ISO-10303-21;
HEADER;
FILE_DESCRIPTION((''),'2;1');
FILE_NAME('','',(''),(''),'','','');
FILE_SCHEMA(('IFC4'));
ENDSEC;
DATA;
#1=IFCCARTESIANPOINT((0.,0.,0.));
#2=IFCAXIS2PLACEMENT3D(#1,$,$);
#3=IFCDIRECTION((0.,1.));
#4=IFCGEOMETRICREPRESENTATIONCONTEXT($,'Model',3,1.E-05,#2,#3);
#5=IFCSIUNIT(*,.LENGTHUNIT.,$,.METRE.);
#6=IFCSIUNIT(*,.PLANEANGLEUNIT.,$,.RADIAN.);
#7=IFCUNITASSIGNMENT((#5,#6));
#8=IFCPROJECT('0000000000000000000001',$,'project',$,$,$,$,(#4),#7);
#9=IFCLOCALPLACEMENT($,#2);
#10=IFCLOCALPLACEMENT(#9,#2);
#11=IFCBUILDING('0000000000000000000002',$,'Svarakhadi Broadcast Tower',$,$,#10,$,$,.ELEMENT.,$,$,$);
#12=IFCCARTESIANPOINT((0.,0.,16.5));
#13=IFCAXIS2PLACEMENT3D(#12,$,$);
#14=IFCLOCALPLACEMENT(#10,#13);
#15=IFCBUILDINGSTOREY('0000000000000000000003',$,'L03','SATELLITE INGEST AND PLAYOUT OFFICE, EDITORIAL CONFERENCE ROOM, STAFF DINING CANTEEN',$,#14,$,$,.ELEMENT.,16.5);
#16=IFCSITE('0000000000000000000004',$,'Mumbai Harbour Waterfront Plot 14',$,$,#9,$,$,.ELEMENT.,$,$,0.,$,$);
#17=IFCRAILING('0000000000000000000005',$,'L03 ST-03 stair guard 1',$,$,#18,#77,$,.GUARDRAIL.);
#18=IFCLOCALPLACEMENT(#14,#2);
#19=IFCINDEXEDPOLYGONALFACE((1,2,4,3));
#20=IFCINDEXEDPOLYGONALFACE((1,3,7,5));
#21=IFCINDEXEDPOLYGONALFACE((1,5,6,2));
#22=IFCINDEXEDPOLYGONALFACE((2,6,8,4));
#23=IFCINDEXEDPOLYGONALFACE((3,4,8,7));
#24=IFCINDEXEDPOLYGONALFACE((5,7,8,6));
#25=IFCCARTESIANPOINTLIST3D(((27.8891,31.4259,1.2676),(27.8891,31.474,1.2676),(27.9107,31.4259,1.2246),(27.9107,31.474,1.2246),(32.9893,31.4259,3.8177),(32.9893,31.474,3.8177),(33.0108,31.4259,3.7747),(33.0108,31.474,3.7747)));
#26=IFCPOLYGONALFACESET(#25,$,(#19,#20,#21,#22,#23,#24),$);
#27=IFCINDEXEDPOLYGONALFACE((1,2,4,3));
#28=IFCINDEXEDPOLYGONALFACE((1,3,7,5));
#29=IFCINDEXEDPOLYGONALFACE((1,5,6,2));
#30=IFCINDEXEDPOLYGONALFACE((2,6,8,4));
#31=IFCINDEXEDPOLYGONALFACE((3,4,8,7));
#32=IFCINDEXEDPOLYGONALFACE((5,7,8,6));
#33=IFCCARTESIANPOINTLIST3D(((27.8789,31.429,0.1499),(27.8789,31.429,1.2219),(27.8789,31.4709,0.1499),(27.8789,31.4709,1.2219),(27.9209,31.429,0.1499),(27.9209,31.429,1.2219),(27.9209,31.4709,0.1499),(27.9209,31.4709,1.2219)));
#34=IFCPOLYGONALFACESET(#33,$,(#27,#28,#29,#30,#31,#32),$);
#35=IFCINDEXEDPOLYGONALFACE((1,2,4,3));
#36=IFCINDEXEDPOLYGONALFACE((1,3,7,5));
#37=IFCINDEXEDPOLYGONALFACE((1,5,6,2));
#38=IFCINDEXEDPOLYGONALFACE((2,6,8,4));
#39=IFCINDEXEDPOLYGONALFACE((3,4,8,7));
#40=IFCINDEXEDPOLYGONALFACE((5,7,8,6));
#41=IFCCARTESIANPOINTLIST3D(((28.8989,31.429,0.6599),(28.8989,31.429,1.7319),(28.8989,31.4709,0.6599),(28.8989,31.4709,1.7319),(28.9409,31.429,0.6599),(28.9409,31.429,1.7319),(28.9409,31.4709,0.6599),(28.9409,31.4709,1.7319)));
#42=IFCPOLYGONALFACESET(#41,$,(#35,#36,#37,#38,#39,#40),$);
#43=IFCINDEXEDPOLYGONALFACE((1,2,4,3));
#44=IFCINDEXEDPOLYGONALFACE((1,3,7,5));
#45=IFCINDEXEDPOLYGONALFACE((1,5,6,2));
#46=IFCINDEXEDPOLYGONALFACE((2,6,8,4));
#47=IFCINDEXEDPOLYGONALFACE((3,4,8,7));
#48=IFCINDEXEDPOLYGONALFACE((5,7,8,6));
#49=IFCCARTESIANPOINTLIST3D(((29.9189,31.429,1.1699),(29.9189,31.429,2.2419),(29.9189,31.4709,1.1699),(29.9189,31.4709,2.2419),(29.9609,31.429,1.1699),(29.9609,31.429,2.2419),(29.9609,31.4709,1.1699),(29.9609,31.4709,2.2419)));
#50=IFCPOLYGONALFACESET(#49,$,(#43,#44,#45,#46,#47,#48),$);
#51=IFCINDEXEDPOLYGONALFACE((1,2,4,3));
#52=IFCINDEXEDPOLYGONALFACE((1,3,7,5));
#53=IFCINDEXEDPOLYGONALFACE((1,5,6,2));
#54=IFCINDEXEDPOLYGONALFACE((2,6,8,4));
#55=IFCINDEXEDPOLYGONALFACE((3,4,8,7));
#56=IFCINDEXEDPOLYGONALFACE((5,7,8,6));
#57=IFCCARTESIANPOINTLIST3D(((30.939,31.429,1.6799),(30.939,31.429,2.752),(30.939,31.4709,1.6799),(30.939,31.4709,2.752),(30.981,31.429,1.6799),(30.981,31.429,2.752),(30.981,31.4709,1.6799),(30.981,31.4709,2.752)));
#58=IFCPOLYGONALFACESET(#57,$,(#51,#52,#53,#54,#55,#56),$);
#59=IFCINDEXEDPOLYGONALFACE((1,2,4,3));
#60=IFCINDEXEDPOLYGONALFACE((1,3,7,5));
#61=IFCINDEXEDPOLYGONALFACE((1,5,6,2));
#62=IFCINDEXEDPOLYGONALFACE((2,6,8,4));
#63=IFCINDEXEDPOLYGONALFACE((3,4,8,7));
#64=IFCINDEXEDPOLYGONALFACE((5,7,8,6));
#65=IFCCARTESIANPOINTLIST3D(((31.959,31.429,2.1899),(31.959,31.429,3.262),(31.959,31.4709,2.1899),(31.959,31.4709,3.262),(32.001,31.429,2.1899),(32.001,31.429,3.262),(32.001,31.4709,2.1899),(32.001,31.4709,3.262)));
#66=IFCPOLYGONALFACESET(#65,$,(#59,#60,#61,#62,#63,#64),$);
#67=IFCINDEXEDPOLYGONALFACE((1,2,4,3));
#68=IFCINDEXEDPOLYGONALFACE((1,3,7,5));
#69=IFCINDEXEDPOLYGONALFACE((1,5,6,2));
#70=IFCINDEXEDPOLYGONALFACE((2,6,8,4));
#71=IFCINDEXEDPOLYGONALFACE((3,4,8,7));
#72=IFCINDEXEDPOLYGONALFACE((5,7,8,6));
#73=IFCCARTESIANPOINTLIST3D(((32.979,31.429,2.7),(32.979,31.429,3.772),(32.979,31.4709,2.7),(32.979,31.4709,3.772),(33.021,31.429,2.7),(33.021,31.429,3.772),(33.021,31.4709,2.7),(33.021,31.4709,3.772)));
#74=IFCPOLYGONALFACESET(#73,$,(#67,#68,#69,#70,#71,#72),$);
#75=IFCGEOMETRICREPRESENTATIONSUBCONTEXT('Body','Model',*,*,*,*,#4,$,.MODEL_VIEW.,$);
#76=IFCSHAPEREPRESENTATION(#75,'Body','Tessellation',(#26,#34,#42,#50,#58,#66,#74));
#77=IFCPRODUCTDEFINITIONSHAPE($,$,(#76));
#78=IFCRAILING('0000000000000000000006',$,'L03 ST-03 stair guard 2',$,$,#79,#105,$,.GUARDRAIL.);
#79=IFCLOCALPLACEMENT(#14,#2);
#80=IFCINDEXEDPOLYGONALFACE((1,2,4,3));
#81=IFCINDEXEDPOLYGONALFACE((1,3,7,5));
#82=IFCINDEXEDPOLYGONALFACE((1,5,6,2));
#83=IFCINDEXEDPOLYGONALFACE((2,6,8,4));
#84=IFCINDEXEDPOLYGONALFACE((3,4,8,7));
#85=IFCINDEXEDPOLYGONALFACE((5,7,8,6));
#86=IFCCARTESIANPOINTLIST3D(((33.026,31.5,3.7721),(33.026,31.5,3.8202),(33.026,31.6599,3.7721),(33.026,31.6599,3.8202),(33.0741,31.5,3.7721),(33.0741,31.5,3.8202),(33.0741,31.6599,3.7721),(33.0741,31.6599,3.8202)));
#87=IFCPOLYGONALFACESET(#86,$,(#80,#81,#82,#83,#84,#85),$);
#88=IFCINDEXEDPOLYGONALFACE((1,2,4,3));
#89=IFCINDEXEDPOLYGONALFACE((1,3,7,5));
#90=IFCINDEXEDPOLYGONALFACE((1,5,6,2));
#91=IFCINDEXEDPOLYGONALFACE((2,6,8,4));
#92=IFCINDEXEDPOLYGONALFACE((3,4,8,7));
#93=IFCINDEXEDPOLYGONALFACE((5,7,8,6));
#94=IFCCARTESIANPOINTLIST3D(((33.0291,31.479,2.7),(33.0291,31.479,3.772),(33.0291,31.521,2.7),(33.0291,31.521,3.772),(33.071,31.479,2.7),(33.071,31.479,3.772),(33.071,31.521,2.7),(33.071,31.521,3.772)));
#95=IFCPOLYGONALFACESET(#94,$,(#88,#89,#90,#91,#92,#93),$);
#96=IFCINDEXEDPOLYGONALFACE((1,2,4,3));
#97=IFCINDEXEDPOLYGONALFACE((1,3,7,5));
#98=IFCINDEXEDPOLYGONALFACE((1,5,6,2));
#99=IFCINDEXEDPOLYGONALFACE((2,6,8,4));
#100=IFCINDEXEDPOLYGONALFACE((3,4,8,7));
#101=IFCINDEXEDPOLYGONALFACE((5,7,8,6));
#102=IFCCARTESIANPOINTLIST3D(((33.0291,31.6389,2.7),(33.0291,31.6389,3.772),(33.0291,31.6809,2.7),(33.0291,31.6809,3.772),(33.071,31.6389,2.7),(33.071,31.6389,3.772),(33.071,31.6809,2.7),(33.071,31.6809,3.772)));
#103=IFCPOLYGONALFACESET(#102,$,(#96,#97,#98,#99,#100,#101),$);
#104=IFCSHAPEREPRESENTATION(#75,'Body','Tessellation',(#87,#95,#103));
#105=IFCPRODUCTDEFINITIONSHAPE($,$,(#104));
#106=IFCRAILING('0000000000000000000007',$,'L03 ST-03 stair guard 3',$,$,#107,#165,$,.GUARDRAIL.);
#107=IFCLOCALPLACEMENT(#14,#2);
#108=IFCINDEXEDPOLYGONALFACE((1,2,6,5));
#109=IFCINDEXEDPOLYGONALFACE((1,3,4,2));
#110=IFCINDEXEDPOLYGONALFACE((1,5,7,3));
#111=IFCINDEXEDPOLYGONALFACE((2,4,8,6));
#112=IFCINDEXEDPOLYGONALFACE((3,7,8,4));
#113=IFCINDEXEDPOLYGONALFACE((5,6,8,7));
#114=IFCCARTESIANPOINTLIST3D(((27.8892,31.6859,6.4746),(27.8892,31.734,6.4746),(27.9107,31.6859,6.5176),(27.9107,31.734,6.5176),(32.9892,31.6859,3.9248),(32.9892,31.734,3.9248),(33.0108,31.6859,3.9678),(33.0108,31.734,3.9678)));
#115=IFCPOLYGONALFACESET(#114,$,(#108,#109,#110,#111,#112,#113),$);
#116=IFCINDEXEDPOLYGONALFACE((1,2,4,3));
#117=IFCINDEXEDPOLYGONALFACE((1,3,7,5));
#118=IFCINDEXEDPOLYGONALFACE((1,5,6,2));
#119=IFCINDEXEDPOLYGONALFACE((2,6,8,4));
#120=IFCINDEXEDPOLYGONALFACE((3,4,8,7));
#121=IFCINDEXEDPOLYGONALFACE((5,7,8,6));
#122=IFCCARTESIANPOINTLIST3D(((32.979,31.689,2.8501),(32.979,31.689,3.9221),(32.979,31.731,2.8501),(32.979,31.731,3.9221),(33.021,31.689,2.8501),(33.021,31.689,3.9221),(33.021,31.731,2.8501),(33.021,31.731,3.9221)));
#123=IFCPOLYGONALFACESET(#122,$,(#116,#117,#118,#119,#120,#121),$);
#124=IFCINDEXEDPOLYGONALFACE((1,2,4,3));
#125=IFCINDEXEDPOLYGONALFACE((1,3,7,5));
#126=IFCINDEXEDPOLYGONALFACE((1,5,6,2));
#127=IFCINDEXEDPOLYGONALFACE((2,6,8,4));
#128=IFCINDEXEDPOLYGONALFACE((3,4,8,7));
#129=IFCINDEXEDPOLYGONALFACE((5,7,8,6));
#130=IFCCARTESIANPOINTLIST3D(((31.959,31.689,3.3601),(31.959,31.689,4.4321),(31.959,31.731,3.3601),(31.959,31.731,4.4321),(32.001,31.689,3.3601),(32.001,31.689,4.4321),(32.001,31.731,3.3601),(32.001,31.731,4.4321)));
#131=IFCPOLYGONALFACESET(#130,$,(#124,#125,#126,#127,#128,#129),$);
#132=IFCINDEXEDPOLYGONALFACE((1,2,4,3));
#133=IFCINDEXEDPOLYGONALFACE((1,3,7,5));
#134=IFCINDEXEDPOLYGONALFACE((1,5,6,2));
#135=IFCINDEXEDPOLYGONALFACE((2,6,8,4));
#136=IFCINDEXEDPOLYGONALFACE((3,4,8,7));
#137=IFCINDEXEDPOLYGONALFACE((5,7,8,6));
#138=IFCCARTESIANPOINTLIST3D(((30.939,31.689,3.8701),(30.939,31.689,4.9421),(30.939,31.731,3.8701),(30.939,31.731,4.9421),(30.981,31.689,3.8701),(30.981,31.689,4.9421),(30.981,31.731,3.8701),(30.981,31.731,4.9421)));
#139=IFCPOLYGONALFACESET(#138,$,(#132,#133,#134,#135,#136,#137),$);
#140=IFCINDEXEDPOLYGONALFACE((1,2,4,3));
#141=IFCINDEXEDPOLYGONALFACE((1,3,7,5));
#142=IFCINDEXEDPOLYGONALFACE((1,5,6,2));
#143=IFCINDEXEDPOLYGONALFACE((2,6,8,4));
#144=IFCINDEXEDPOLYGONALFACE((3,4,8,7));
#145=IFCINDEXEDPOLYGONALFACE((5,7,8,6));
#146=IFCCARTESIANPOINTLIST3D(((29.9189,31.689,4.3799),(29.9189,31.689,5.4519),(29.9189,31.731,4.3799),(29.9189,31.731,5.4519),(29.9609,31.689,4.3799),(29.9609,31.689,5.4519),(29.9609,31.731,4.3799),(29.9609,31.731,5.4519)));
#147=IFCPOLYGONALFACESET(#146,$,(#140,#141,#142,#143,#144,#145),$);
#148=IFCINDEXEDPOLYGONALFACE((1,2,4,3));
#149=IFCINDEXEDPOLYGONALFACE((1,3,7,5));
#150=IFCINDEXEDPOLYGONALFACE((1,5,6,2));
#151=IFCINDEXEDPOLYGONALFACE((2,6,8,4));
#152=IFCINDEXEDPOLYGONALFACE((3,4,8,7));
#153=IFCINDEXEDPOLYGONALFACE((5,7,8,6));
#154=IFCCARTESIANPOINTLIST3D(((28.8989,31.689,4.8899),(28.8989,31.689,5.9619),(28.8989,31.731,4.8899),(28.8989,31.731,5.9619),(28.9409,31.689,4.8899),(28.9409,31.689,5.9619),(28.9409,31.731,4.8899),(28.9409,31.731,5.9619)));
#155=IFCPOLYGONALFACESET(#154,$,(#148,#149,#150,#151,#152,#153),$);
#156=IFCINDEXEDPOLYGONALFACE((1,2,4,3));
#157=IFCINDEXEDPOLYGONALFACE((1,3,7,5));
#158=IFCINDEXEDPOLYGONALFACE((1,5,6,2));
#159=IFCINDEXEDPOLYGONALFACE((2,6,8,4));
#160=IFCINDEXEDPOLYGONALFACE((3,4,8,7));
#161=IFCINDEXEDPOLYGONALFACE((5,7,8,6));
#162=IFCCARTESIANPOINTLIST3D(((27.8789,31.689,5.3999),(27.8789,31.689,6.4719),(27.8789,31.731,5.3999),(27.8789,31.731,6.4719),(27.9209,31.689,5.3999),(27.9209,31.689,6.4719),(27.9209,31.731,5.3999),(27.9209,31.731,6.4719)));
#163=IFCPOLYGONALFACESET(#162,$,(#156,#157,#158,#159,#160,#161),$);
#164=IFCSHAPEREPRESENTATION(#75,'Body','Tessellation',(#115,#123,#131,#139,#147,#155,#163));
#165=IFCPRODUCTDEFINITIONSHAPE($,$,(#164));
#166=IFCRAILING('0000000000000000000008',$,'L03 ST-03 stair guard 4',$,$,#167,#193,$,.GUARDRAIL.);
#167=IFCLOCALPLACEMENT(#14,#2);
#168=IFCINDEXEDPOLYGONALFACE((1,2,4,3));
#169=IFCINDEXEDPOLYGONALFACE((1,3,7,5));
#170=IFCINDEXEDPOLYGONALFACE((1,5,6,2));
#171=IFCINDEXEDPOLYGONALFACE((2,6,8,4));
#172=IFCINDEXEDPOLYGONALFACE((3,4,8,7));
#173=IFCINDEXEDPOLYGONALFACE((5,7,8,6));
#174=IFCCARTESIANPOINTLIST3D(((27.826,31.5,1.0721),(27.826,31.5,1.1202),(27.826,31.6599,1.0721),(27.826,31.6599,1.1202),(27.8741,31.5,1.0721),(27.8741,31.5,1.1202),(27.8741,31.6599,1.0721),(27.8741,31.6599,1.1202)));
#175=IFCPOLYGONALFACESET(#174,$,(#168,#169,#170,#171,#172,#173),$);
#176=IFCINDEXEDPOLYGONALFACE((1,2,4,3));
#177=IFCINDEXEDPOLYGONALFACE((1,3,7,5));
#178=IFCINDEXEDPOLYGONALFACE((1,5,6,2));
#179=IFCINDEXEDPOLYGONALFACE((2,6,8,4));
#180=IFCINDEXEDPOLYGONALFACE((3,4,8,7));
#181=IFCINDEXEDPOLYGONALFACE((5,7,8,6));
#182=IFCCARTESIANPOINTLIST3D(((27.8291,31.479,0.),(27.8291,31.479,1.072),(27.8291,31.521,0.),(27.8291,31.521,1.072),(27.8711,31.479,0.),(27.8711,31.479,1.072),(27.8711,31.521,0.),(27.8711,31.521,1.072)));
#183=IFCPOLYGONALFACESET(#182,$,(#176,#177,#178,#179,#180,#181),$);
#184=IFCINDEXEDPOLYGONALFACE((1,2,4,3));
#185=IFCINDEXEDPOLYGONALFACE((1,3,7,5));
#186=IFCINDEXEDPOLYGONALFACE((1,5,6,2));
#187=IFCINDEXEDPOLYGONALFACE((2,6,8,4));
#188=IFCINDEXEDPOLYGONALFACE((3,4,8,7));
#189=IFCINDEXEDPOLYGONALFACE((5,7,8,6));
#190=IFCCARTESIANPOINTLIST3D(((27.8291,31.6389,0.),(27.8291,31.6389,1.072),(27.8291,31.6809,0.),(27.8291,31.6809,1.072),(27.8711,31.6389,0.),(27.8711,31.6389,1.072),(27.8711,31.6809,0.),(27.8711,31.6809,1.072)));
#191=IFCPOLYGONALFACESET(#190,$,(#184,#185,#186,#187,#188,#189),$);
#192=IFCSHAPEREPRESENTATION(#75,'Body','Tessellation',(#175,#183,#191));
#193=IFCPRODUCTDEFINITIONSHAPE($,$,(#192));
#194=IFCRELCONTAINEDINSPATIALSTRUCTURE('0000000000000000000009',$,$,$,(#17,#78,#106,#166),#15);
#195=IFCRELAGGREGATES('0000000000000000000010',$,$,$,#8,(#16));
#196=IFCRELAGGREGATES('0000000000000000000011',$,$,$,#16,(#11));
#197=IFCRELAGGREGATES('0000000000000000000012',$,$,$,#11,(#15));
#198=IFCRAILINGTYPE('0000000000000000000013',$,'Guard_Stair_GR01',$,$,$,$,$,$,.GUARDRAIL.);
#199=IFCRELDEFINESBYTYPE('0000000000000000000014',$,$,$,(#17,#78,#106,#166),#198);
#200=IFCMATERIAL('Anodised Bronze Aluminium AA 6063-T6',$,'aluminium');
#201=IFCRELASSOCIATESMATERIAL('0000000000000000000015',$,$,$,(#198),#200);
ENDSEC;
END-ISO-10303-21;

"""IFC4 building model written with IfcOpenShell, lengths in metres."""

from ifc_helpers import new_model, si_unit, direction, frame, origin, origin_2d, place, context, subcontext, project, spatial, rectangle, extrude, material, type_object, element, save


model = new_model("IFC4")

# Units and contexts
model_context = context("Model", 3, precision=1e-05, world=origin(), true_north=direction((0.0, 1.0)))
body_context = subcontext(model_context, "Body", "Model", "MODEL_VIEW")
ifc_project = project(units=[si_unit("LENGTHUNIT", "METRE"), si_unit("PLANEANGLEUNIT", "RADIAN")], contexts=[model_context])

# Site, building, storey
site_placement = place(None, origin())
site = spatial("IfcSite", under=ifc_project, at=site_placement, Name="Mumbai Harbour Waterfront Plot 14", CompositionType="ELEMENT", RefElevation=0.0)
building_placement = place(site_placement, origin())
building = spatial("IfcBuilding", under=site, at=building_placement, Name="Svarakhadi Broadcast Tower", CompositionType="ELEMENT")
storey_placement = place(building_placement, frame((0.0, 0.0, 16.5)))
storey = spatial("IfcBuildingStorey", under=building, at=storey_placement, Name="L03", Description="SATELLITE INGEST AND PLAYOUT OFFICE, EDITORIAL CONFERENCE ROOM, STAFF DINING CANTEEN", CompositionType="ELEMENT", Elevation=16.5)

# Shared definitions
ifc_material_1 = material(Name="Anodised Bronze Aluminium AA 6063-T6", Category="aluminium")

# Railings
railing_type_1 = type_object("IfcRailingType", Name="Guard_Stair_GR01", PredefinedType="GUARDRAIL", material=ifc_material_1)
railing_1_placement = place(storey_placement, frame((27.8999, 31.45, 0.1499)))
element("IfcRailing", 1, at=railing_1_placement, inside=storey, type_object=railing_type_1, Name="L03 ST-03 stair guard 1", PredefinedType="GUARDRAIL", context=body_context, shape_type="SweptSolid", body=[
    extrude(rectangle(XDim=0.0481, YDim=0.0481, at=origin_2d()), frame((0.0, 0.0, 1.0962), z_axis=(0.894427, 0.0, 0.447214), x_axis=(0.0, 1.0, 0.0)), (0.0, 0.0, 1.0), 5.7021),
    extrude(rectangle(XDim=0.042, YDim=0.042, at=origin_2d()), origin(), (0.0, 0.0, 1.0), 1.072),
    extrude(rectangle(XDim=0.042, YDim=0.042, at=origin_2d()), frame((1.02, 0.0, 0.51)), (0.0, 0.0, 1.0), 1.072),
    extrude(rectangle(XDim=0.042, YDim=0.042, at=origin_2d()), frame((2.04, 0.0, 1.02)), (0.0, 0.0, 1.0), 1.072),
    extrude(rectangle(XDim=0.042, YDim=0.042, at=origin_2d()), frame((3.0601, 0.0, 1.53)), (0.0, 0.0, 1.0), 1.072),
    extrude(rectangle(XDim=0.042, YDim=0.042, at=origin_2d()), frame((4.0801, 0.0, 2.04)), (0.0, 0.0, 1.0), 1.072),
    extrude(rectangle(XDim=0.042, YDim=0.042, at=origin_2d()), frame((5.1001, 0.0, 2.55)), (0.0, 0.0, 1.0), 1.072),
])
railing_2_placement = place(storey_placement, frame((33.05, 31.5, 2.7)))
element("IfcRailing", 2, at=railing_2_placement, inside=storey, type_object=railing_type_1, Name="L03 ST-03 stair guard 2", PredefinedType="GUARDRAIL", context=body_context, shape_type="SweptSolid", body=[
    extrude(rectangle(XDim=0.0481, YDim=0.0481, at=origin_2d()), frame((0.0, 0.0, 1.0962), z_axis=(0.0, 1.0, 0.0), x_axis=(-1.0, 0.0, 0.0)), (0.0, 0.0, 1.0), 0.1599),
    extrude(rectangle(XDim=0.042, YDim=0.042, at=origin_2d()), origin(), (0.0, 0.0, 1.0), 1.072),
    extrude(rectangle(XDim=0.042, YDim=0.042, at=origin_2d()), frame((0.0, 0.1599, 0.0)), (0.0, 0.0, 1.0), 1.072),
])
railing_3_placement = place(storey_placement, frame((33.0, 31.71, 2.8501)))
element("IfcRailing", 3, at=railing_3_placement, inside=storey, type_object=railing_type_1, Name="L03 ST-03 stair guard 3", PredefinedType="GUARDRAIL", context=body_context, shape_type="SweptSolid", body=[
    extrude(rectangle(XDim=0.0481, YDim=0.0481, at=origin_2d()), frame((0.0, 0.0, 1.0962), z_axis=(-0.894444, 0.0, 0.447179), x_axis=(0.0, -1.0, 0.0)), (0.0, 0.0, 1.0), 5.7019),
    extrude(rectangle(XDim=0.042, YDim=0.042, at=origin_2d()), origin(), (0.0, 0.0, 1.0), 1.072),
    extrude(rectangle(XDim=0.042, YDim=0.042, at=origin_2d()), frame((-1.02, 0.0, 0.51)), (0.0, 0.0, 1.0), 1.072),
    extrude(rectangle(XDim=0.042, YDim=0.042, at=origin_2d()), frame((-2.04, 0.0, 1.02)), (0.0, 0.0, 1.0), 1.072),
    extrude(rectangle(XDim=0.042, YDim=0.042, at=origin_2d()), frame((-3.0601, 0.0, 1.5298)), (0.0, 0.0, 1.0), 1.072),
    extrude(rectangle(XDim=0.042, YDim=0.042, at=origin_2d()), frame((-4.0801, 0.0, 2.0398)), (0.0, 0.0, 1.0), 1.072),
    extrude(rectangle(XDim=0.042, YDim=0.042, at=origin_2d()), frame((-5.1001, 0.0, 2.5498)), (0.0, 0.0, 1.0), 1.072),
])
railing_4_placement = place(storey_placement, frame((27.8501, 31.5, 0.0)))
element("IfcRailing", 4, at=railing_4_placement, inside=storey, type_object=railing_type_1, Name="L03 ST-03 stair guard 4", PredefinedType="GUARDRAIL", context=body_context, shape_type="SweptSolid", body=[
    extrude(rectangle(XDim=0.0481, YDim=0.0481, at=origin_2d()), frame((0.0, 0.0, 1.0962), z_axis=(0.0, 1.0, 0.0), x_axis=(-1.0, 0.0, 0.0)), (0.0, 0.0, 1.0), 0.1599),
    extrude(rectangle(XDim=0.042, YDim=0.042, at=origin_2d()), origin(), (0.0, 0.0, 1.0), 1.072),
    extrude(rectangle(XDim=0.042, YDim=0.042, at=origin_2d()), frame((0.0, 0.1599, 0.0)), (0.0, 0.0, 1.0), 1.072),
])

save(model, "model.ifc")
